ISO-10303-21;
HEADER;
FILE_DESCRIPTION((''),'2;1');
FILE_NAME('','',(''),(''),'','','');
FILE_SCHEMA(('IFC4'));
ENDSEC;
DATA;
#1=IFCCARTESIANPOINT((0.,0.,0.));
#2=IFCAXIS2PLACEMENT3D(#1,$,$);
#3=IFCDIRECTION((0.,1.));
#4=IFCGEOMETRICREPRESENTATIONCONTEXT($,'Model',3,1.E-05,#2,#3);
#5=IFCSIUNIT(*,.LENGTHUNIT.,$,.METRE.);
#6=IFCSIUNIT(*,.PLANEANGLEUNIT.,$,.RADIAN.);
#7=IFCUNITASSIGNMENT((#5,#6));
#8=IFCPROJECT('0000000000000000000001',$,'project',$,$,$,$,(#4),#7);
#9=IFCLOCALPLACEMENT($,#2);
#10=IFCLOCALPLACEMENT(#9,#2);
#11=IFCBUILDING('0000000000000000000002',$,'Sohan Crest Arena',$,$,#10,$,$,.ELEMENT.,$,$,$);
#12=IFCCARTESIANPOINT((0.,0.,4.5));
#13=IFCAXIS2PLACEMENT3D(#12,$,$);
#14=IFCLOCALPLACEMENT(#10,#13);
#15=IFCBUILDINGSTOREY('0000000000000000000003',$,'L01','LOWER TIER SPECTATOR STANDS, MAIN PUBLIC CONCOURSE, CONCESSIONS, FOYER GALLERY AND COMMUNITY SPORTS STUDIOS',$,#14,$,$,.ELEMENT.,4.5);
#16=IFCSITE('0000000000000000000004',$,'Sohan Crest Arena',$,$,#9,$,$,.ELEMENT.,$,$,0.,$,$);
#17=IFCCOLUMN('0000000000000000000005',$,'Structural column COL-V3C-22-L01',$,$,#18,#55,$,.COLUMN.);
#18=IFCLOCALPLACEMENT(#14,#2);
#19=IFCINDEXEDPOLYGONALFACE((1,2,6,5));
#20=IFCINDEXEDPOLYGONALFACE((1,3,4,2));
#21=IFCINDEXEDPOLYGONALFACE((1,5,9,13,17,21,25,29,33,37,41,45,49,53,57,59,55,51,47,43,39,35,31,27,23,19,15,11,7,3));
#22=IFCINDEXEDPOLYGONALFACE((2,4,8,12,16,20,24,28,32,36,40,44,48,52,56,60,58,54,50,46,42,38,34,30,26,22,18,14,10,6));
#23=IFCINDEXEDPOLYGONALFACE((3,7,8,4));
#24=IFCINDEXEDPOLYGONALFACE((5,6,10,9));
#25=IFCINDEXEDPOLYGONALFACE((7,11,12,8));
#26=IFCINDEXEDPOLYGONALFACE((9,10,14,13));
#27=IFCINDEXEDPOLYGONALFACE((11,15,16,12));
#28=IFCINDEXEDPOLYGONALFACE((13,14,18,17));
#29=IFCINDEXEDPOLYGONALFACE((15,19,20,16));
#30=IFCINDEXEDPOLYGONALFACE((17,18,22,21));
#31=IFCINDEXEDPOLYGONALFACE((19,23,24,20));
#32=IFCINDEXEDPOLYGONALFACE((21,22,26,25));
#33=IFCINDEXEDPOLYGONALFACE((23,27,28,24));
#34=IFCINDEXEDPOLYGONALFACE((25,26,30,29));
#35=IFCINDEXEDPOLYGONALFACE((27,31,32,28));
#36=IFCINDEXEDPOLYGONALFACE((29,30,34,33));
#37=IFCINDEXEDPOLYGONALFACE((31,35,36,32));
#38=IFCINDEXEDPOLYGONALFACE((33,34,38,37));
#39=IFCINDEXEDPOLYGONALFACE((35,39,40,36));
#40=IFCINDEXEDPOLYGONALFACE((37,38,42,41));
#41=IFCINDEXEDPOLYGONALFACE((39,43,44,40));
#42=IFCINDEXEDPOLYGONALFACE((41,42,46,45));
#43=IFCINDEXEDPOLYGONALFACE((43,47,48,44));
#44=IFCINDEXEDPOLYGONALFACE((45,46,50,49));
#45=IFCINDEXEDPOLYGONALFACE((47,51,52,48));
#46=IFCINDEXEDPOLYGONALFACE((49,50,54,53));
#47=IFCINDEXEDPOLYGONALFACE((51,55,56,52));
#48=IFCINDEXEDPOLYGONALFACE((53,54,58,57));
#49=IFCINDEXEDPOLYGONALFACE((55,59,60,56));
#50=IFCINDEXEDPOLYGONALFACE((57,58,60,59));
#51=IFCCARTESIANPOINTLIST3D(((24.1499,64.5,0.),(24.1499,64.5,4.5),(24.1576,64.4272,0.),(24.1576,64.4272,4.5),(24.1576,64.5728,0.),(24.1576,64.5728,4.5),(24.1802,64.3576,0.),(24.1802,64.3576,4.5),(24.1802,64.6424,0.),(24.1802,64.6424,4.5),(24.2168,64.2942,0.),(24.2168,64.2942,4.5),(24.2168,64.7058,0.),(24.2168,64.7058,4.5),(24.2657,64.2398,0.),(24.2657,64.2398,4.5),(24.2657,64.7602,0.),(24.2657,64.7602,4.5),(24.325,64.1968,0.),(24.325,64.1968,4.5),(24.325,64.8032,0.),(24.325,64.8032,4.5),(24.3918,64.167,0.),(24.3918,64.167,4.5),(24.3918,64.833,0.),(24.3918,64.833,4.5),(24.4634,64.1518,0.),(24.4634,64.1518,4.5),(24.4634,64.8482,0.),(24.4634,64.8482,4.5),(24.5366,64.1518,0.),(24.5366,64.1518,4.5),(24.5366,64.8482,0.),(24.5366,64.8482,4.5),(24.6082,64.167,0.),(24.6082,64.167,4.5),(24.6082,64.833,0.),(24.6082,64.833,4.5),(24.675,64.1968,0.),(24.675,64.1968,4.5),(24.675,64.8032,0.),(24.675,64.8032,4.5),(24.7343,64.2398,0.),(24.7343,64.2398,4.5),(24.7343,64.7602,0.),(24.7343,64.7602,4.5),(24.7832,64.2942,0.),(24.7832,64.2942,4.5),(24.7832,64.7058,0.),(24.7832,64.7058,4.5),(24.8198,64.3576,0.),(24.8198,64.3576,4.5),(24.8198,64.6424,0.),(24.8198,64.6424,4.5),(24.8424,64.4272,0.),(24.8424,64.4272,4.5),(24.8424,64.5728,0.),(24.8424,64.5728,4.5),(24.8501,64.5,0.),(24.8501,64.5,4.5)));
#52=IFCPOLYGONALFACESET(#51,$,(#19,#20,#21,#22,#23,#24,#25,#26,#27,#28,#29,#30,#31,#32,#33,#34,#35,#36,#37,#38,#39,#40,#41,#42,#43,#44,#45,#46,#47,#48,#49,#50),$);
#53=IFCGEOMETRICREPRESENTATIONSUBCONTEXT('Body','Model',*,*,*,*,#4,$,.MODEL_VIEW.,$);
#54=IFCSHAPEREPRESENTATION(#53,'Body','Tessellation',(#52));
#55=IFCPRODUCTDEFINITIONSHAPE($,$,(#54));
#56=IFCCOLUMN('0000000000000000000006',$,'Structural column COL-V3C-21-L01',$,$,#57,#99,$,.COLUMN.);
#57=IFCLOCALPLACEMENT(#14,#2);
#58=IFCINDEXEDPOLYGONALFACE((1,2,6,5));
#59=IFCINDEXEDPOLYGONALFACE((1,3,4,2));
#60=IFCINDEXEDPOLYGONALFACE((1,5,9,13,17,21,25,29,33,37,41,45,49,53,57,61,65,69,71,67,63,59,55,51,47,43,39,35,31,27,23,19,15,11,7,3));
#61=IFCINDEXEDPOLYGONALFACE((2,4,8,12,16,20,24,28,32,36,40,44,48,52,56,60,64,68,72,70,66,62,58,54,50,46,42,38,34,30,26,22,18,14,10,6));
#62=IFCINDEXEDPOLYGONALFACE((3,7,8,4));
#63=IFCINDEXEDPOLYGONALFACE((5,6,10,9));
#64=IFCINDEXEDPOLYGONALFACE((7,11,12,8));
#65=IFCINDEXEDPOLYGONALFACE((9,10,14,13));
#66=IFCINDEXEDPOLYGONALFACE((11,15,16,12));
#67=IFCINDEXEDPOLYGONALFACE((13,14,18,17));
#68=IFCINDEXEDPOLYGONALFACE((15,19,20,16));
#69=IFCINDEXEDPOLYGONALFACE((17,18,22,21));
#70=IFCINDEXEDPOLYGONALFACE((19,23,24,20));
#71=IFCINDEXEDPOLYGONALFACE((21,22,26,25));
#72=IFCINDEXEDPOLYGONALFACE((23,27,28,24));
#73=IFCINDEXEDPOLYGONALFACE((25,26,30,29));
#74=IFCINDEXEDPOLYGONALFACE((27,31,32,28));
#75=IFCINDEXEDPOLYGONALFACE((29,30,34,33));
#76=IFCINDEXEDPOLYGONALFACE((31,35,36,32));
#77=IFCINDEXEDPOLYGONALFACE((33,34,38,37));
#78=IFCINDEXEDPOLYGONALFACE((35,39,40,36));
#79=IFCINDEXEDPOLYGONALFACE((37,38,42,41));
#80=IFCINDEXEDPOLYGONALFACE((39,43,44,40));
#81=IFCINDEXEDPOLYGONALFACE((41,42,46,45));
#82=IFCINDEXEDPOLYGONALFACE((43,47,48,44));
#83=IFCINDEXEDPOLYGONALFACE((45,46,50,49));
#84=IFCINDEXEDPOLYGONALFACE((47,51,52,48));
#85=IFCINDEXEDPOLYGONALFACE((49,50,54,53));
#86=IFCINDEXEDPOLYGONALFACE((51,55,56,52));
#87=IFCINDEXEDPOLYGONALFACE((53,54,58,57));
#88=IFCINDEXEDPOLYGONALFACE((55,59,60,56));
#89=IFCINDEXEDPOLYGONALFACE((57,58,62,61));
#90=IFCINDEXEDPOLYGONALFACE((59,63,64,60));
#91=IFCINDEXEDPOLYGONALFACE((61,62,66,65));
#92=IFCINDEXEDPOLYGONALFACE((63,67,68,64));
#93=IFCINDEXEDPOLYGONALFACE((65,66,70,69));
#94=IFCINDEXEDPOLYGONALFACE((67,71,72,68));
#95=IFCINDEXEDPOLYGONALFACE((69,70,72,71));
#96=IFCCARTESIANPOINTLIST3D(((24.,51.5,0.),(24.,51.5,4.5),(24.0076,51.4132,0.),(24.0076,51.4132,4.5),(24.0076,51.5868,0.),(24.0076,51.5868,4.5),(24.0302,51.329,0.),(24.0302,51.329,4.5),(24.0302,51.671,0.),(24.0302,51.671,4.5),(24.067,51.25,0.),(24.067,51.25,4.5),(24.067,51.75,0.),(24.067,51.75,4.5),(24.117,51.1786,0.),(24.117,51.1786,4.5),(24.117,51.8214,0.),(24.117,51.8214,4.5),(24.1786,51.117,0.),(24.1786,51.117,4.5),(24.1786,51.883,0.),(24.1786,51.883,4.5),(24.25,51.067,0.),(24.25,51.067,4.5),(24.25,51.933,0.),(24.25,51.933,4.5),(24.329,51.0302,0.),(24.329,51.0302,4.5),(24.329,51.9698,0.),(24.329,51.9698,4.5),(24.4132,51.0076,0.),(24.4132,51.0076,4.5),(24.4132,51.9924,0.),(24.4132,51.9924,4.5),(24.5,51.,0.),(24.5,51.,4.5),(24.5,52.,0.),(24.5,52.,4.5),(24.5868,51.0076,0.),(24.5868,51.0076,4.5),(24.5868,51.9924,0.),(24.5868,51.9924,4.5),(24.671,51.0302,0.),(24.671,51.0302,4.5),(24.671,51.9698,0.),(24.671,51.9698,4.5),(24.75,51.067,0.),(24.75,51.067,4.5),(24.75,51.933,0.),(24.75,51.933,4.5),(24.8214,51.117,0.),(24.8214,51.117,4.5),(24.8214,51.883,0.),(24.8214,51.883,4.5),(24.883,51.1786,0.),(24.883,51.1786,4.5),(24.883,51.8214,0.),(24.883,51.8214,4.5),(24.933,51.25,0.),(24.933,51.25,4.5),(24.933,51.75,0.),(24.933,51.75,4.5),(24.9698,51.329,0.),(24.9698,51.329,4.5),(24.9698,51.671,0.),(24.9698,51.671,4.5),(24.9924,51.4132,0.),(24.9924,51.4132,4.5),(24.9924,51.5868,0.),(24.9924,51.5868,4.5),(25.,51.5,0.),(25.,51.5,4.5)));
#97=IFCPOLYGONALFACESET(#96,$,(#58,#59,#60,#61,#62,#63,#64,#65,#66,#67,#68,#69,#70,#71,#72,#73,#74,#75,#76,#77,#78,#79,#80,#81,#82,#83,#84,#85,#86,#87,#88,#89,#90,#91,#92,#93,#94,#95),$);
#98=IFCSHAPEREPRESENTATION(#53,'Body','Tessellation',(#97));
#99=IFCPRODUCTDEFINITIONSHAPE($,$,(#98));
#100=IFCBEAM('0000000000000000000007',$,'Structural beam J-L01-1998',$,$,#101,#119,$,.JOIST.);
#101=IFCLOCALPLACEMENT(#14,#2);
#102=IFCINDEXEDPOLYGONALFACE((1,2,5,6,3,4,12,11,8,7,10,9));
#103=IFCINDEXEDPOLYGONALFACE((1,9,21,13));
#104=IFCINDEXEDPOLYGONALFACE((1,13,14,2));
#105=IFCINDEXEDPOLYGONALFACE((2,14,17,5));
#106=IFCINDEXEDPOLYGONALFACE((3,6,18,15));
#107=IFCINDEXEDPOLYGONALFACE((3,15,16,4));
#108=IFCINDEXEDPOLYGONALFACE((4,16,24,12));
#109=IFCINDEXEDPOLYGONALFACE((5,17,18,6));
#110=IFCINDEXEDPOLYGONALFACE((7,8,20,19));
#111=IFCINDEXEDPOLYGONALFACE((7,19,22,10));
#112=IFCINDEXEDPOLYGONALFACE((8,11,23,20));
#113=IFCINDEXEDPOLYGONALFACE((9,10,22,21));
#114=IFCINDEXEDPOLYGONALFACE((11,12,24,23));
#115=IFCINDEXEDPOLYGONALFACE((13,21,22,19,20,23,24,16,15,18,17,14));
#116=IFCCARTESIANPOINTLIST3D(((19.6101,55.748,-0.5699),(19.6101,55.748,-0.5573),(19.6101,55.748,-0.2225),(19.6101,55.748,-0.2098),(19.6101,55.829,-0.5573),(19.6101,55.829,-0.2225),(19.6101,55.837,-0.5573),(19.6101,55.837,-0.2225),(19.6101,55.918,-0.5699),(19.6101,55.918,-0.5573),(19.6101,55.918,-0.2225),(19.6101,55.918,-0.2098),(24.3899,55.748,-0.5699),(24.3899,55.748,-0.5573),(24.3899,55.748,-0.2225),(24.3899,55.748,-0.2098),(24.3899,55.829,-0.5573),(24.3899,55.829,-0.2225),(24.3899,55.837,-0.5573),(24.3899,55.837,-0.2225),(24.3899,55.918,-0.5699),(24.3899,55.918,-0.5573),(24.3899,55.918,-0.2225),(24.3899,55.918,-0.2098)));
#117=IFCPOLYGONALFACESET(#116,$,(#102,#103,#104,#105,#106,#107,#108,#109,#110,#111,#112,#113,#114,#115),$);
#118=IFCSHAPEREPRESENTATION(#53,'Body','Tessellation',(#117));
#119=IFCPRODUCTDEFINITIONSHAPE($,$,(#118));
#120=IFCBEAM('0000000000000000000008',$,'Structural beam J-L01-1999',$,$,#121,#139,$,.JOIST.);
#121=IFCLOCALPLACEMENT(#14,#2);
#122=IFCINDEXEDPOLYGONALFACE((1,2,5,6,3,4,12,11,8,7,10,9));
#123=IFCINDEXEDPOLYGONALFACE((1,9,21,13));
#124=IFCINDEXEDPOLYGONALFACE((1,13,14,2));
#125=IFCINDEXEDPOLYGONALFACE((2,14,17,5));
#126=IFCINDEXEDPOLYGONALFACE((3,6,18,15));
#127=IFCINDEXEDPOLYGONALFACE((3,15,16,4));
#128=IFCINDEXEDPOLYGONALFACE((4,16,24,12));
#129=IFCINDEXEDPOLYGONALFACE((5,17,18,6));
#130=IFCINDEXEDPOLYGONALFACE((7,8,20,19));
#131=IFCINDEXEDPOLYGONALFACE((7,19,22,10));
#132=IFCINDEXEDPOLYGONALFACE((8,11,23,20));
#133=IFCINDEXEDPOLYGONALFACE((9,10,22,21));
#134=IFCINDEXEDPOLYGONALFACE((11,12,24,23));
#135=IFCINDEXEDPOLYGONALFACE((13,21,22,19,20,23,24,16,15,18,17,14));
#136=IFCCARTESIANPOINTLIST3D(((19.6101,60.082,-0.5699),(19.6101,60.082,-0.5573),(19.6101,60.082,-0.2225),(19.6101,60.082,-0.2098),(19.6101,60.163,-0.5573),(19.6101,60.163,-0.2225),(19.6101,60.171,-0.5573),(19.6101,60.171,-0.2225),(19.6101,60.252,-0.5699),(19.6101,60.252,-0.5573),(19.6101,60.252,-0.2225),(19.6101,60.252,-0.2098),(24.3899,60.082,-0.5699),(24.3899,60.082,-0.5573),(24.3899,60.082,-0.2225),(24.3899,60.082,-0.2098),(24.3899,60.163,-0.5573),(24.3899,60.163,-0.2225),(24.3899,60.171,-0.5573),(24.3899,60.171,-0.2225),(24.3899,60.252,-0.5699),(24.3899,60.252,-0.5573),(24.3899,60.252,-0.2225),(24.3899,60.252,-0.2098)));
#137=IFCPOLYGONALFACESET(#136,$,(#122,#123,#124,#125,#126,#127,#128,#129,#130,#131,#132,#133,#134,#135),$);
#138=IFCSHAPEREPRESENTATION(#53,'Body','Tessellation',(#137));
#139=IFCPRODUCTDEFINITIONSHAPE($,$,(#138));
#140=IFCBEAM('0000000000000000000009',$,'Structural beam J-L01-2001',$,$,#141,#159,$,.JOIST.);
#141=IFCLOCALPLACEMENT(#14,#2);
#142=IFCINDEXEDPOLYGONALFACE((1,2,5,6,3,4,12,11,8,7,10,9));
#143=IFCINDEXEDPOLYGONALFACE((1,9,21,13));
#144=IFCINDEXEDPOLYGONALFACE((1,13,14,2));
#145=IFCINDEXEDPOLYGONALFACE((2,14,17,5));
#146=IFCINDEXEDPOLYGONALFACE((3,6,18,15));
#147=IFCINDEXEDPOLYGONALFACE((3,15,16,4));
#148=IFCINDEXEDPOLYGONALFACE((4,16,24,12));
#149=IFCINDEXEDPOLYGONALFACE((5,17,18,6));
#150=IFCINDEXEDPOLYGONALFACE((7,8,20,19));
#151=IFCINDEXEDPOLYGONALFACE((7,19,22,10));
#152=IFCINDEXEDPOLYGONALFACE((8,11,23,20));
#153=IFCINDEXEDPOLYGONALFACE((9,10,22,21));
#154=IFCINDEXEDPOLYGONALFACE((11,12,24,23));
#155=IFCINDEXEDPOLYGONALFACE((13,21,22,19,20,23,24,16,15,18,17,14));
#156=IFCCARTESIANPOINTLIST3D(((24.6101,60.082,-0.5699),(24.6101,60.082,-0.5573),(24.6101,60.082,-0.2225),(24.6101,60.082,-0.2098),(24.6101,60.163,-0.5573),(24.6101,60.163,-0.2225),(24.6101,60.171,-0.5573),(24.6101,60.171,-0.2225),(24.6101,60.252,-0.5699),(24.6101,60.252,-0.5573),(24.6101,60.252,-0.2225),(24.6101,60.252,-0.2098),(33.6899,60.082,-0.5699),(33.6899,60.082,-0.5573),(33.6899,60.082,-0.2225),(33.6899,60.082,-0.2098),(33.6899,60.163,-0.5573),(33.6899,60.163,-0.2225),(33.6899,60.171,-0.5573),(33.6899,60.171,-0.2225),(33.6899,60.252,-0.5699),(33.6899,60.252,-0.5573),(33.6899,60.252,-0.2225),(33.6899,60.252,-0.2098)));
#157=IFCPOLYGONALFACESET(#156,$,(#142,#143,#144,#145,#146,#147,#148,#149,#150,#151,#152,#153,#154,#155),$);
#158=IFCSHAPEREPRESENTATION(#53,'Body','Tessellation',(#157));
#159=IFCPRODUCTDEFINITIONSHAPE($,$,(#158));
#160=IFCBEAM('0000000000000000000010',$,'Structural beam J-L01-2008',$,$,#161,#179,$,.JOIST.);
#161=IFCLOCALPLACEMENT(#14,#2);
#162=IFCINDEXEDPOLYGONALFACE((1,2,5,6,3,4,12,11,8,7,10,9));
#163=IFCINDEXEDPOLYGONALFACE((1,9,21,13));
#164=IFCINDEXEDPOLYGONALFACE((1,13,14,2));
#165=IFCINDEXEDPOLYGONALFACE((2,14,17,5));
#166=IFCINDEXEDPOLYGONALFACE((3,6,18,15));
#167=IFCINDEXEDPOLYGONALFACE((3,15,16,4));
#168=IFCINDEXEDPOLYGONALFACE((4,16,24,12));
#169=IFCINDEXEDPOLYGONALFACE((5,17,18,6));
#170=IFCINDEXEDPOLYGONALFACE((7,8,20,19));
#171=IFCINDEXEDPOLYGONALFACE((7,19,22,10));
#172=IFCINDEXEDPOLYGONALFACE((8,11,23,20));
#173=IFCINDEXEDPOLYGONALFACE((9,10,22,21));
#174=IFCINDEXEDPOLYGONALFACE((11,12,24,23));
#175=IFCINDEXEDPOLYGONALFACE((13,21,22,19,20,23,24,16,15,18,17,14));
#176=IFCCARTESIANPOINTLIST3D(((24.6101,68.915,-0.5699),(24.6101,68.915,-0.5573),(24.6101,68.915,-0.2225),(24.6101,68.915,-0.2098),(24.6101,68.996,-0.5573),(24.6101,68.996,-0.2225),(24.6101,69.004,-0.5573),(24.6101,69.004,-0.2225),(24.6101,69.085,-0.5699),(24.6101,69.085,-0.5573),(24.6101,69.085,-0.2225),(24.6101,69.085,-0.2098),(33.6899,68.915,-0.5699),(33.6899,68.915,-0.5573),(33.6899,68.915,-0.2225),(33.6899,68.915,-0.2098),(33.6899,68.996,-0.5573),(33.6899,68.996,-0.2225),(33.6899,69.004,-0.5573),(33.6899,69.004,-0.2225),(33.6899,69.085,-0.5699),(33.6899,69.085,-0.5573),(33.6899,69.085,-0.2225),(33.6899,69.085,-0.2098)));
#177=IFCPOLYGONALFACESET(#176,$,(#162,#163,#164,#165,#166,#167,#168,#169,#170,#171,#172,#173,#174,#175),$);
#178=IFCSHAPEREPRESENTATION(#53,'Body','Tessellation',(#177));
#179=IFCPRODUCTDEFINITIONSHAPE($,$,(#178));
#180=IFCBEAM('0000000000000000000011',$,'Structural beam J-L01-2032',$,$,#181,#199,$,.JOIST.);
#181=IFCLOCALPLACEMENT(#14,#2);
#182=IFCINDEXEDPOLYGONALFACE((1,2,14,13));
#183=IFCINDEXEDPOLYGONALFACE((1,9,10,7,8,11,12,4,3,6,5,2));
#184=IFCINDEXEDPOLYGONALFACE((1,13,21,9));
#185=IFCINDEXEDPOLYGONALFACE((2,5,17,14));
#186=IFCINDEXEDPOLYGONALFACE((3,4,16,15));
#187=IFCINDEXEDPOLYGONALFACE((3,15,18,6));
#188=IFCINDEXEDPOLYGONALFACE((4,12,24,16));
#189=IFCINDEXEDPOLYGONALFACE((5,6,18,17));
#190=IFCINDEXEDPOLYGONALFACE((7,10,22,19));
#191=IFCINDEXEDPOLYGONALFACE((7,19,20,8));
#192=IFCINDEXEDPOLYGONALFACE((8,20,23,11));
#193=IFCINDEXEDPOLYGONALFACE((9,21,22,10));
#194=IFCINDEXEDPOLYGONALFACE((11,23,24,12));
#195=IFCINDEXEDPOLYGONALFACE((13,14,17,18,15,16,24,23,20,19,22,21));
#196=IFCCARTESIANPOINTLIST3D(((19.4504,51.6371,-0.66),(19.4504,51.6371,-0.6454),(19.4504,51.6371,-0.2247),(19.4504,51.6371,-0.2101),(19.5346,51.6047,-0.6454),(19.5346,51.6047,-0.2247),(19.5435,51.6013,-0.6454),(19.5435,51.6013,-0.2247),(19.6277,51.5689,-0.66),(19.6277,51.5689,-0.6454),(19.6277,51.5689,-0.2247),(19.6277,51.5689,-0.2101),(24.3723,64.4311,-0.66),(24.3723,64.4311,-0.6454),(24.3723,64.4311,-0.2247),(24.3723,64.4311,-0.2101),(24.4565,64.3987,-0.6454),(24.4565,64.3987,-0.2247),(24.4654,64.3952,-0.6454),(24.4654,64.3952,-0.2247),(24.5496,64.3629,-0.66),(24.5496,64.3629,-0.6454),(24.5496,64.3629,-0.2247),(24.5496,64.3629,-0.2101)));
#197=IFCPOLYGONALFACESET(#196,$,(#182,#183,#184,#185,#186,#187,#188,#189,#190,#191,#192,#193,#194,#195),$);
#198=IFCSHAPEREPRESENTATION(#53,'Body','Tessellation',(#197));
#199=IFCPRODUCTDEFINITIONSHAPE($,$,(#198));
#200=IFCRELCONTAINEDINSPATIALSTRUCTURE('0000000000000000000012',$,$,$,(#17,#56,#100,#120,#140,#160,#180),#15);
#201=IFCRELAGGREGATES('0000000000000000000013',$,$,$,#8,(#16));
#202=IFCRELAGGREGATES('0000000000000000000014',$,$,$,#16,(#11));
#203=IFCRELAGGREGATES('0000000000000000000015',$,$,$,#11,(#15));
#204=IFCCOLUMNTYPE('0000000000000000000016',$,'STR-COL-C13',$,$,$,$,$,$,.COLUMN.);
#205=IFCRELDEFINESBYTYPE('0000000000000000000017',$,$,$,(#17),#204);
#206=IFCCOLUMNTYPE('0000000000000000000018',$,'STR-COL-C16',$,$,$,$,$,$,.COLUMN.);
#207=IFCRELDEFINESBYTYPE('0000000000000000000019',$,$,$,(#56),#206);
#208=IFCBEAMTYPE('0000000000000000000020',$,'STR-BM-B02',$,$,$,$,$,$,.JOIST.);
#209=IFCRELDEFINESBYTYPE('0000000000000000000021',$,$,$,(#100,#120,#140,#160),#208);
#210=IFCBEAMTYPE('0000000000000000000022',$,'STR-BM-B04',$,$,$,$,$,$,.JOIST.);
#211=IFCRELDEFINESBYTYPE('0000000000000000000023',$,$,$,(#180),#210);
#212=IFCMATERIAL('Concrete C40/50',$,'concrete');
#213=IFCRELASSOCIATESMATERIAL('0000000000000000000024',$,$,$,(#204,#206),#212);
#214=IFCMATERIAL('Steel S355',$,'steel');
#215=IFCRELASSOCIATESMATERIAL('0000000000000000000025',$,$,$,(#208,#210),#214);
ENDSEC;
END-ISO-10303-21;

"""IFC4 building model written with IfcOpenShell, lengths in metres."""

from ifc_helpers import new_model, si_unit, direction, frame, origin, origin_2d, place, context, subcontext, project, spatial, circle, i_section, extrude, material, material_profile, profile_set, type_object, element, save


model = new_model("IFC4")

# Units and contexts
model_context = context("Model", 3, precision=1e-05, world=origin(), true_north=direction((0.0, 1.0)))
body_context = subcontext(model_context, "Body", "Model", "MODEL_VIEW")
ifc_project = project(units=[si_unit("LENGTHUNIT", "METRE"), si_unit("PLANEANGLEUNIT", "RADIAN")], contexts=[model_context])

# Site, building, storey
site_placement = place(None, origin())
site = spatial("IfcSite", under=ifc_project, at=site_placement, Name="Sohan Crest Arena", CompositionType="ELEMENT", RefElevation=0.0)
building_placement = place(site_placement, origin())
building = spatial("IfcBuilding", under=site, at=building_placement, Name="Sohan Crest Arena", CompositionType="ELEMENT")
storey_placement = place(building_placement, frame((0.0, 0.0, 4.5)))
storey = spatial("IfcBuildingStorey", under=building, at=storey_placement, Name="L01", Description="LOWER TIER SPECTATOR STANDS, MAIN PUBLIC CONCOURSE, CONCESSIONS, FOYER GALLERY AND COMMUNITY SPORTS STUDIOS", CompositionType="ELEMENT", Elevation=4.5)

# Columns
ifc_material_1 = material(Name="Concrete C40/50", Category="concrete")
ifc_material_profile_1 = material_profile(ifc_material_1, circle(Radius=0.3501, at=origin_2d()), Name="RC D700")
ifc_profile_set_1 = profile_set([ifc_material_profile_1], Name="Concrete C40/50")
column_type_1 = type_object("IfcColumnType", Name="STR-COL-C13", PredefinedType="COLUMN", material=ifc_profile_set_1)
column_1_placement = place(storey_placement, frame((24.5, 64.5, 0.0), z_axis=(0.0, 0.0, 1.0), x_axis=(1.0, 0.0, 0.0)))
element("IfcColumn", 1, at=column_1_placement, inside=storey, type_object=column_type_1, Name="Structural column COL-V3C-22-L01", PredefinedType="COLUMN", context=body_context, shape_type="SweptSolid", body=[
    extrude(circle(Radius=0.3501, at=origin_2d()), origin(), (0.0, 0.0, 1.0), 4.5),
])
ifc_material_profile_2 = material_profile(ifc_material_1, circle(Radius=0.5, at=origin_2d()), Name="RC D1000")
ifc_profile_set_2 = profile_set([ifc_material_profile_2], Name="Concrete C40/50")
column_type_2 = type_object("IfcColumnType", Name="STR-COL-C16", PredefinedType="COLUMN", material=ifc_profile_set_2)
column_2_placement = place(storey_placement, frame((24.5, 51.5, 0.0), z_axis=(0.0, 0.0, 1.0), x_axis=(1.0, 0.0, 0.0)))
element("IfcColumn", 2, at=column_2_placement, inside=storey, type_object=column_type_2, Name="Structural column COL-V3C-21-L01", PredefinedType="COLUMN", context=body_context, shape_type="SweptSolid", body=[
    extrude(circle(Radius=0.5, at=origin_2d()), origin(), (0.0, 0.0, 1.0), 4.5),
])

# Beams
ifc_material_2 = material(Name="Steel S355", Category="steel")
ifc_material_profile_3 = material_profile(ifc_material_2, i_section(OverallWidth=0.1699, OverallDepth=0.3601, WebThickness=0.0081, FlangeThickness=0.0127, at=origin_2d()), Name="IPE 360")
ifc_profile_set_3 = profile_set([ifc_material_profile_3], Name="Steel S355")
beam_type_1 = type_object("IfcBeamType", Name="STR-BM-B02", PredefinedType="JOIST", material=ifc_profile_set_3)
for number, where, z_axis, x_axis, name in (
    (3, (19.6101, 55.833, -0.3899), (1.0, 0.0, 0.0), (0.0, 1.0, 0.0), "Structural beam J-L01-1998"),
    (4, (19.6101, 60.167, -0.3899), (1.0, 0.0, 0.0), (0.0, 1.0, 0.0), "Structural beam J-L01-1999"),
):
    element("IfcBeam", number, at=place(storey_placement, frame(where, z_axis=z_axis, x_axis=x_axis)), inside=storey, type_object=beam_type_1, Name=name, PredefinedType="JOIST", context=body_context, shape_type="SweptSolid", body=[
        extrude(i_section(OverallWidth=0.1699, OverallDepth=0.3601, WebThickness=0.0081, FlangeThickness=0.0127, at=origin_2d()), origin(), (0.0, 0.0, 1.0), 4.7798),
    ])
for number, where, z_axis, x_axis, name in (
    (5, (24.6101, 60.167, -0.3899), (1.0, 0.0, 0.0), (0.0, 1.0, 0.0), "Structural beam J-L01-2001"),
    (6, (24.6101, 69.0, -0.3899), (1.0, 0.0, 0.0), (0.0, 1.0, 0.0), "Structural beam J-L01-2008"),
):
    element("IfcBeam", number, at=place(storey_placement, frame(where, z_axis=z_axis, x_axis=x_axis)), inside=storey, type_object=beam_type_1, Name=name, PredefinedType="JOIST", context=body_context, shape_type="SweptSolid", body=[
        extrude(i_section(OverallWidth=0.1699, OverallDepth=0.3601, WebThickness=0.0081, FlangeThickness=0.0127, at=origin_2d()), origin(), (0.0, 0.0, 1.0), 9.0798),
    ])
ifc_material_profile_4 = material_profile(ifc_material_2, i_section(OverallWidth=0.1899, OverallDepth=0.45, WebThickness=0.0095, FlangeThickness=0.0146, at=origin_2d()), Name="IPE 450")
ifc_profile_set_4 = profile_set([ifc_material_profile_4], Name="Steel S355")
beam_type_2 = type_object("IfcBeamType", Name="STR-BM-B04", PredefinedType="JOIST", material=ifc_profile_set_4)
beam_1_placement = place(storey_placement, frame((19.5391, 51.603, -0.4351), z_axis=(0.359051, 0.933318, 0.0), x_axis=(-0.933318, 0.359051, 0.0)))
element("IfcBeam", 7, at=beam_1_placement, inside=storey, type_object=beam_type_2, Name="Structural beam J-L01-2032", PredefinedType="JOIST", context=body_context, shape_type="SweptSolid", body=[
    extrude(i_section(OverallWidth=0.1899, OverallDepth=0.45, WebThickness=0.0095, FlangeThickness=0.0146, at=origin_2d()), origin(), (0.0, 0.0, 1.0), 13.708),
])

save(model, "model.ifc")
